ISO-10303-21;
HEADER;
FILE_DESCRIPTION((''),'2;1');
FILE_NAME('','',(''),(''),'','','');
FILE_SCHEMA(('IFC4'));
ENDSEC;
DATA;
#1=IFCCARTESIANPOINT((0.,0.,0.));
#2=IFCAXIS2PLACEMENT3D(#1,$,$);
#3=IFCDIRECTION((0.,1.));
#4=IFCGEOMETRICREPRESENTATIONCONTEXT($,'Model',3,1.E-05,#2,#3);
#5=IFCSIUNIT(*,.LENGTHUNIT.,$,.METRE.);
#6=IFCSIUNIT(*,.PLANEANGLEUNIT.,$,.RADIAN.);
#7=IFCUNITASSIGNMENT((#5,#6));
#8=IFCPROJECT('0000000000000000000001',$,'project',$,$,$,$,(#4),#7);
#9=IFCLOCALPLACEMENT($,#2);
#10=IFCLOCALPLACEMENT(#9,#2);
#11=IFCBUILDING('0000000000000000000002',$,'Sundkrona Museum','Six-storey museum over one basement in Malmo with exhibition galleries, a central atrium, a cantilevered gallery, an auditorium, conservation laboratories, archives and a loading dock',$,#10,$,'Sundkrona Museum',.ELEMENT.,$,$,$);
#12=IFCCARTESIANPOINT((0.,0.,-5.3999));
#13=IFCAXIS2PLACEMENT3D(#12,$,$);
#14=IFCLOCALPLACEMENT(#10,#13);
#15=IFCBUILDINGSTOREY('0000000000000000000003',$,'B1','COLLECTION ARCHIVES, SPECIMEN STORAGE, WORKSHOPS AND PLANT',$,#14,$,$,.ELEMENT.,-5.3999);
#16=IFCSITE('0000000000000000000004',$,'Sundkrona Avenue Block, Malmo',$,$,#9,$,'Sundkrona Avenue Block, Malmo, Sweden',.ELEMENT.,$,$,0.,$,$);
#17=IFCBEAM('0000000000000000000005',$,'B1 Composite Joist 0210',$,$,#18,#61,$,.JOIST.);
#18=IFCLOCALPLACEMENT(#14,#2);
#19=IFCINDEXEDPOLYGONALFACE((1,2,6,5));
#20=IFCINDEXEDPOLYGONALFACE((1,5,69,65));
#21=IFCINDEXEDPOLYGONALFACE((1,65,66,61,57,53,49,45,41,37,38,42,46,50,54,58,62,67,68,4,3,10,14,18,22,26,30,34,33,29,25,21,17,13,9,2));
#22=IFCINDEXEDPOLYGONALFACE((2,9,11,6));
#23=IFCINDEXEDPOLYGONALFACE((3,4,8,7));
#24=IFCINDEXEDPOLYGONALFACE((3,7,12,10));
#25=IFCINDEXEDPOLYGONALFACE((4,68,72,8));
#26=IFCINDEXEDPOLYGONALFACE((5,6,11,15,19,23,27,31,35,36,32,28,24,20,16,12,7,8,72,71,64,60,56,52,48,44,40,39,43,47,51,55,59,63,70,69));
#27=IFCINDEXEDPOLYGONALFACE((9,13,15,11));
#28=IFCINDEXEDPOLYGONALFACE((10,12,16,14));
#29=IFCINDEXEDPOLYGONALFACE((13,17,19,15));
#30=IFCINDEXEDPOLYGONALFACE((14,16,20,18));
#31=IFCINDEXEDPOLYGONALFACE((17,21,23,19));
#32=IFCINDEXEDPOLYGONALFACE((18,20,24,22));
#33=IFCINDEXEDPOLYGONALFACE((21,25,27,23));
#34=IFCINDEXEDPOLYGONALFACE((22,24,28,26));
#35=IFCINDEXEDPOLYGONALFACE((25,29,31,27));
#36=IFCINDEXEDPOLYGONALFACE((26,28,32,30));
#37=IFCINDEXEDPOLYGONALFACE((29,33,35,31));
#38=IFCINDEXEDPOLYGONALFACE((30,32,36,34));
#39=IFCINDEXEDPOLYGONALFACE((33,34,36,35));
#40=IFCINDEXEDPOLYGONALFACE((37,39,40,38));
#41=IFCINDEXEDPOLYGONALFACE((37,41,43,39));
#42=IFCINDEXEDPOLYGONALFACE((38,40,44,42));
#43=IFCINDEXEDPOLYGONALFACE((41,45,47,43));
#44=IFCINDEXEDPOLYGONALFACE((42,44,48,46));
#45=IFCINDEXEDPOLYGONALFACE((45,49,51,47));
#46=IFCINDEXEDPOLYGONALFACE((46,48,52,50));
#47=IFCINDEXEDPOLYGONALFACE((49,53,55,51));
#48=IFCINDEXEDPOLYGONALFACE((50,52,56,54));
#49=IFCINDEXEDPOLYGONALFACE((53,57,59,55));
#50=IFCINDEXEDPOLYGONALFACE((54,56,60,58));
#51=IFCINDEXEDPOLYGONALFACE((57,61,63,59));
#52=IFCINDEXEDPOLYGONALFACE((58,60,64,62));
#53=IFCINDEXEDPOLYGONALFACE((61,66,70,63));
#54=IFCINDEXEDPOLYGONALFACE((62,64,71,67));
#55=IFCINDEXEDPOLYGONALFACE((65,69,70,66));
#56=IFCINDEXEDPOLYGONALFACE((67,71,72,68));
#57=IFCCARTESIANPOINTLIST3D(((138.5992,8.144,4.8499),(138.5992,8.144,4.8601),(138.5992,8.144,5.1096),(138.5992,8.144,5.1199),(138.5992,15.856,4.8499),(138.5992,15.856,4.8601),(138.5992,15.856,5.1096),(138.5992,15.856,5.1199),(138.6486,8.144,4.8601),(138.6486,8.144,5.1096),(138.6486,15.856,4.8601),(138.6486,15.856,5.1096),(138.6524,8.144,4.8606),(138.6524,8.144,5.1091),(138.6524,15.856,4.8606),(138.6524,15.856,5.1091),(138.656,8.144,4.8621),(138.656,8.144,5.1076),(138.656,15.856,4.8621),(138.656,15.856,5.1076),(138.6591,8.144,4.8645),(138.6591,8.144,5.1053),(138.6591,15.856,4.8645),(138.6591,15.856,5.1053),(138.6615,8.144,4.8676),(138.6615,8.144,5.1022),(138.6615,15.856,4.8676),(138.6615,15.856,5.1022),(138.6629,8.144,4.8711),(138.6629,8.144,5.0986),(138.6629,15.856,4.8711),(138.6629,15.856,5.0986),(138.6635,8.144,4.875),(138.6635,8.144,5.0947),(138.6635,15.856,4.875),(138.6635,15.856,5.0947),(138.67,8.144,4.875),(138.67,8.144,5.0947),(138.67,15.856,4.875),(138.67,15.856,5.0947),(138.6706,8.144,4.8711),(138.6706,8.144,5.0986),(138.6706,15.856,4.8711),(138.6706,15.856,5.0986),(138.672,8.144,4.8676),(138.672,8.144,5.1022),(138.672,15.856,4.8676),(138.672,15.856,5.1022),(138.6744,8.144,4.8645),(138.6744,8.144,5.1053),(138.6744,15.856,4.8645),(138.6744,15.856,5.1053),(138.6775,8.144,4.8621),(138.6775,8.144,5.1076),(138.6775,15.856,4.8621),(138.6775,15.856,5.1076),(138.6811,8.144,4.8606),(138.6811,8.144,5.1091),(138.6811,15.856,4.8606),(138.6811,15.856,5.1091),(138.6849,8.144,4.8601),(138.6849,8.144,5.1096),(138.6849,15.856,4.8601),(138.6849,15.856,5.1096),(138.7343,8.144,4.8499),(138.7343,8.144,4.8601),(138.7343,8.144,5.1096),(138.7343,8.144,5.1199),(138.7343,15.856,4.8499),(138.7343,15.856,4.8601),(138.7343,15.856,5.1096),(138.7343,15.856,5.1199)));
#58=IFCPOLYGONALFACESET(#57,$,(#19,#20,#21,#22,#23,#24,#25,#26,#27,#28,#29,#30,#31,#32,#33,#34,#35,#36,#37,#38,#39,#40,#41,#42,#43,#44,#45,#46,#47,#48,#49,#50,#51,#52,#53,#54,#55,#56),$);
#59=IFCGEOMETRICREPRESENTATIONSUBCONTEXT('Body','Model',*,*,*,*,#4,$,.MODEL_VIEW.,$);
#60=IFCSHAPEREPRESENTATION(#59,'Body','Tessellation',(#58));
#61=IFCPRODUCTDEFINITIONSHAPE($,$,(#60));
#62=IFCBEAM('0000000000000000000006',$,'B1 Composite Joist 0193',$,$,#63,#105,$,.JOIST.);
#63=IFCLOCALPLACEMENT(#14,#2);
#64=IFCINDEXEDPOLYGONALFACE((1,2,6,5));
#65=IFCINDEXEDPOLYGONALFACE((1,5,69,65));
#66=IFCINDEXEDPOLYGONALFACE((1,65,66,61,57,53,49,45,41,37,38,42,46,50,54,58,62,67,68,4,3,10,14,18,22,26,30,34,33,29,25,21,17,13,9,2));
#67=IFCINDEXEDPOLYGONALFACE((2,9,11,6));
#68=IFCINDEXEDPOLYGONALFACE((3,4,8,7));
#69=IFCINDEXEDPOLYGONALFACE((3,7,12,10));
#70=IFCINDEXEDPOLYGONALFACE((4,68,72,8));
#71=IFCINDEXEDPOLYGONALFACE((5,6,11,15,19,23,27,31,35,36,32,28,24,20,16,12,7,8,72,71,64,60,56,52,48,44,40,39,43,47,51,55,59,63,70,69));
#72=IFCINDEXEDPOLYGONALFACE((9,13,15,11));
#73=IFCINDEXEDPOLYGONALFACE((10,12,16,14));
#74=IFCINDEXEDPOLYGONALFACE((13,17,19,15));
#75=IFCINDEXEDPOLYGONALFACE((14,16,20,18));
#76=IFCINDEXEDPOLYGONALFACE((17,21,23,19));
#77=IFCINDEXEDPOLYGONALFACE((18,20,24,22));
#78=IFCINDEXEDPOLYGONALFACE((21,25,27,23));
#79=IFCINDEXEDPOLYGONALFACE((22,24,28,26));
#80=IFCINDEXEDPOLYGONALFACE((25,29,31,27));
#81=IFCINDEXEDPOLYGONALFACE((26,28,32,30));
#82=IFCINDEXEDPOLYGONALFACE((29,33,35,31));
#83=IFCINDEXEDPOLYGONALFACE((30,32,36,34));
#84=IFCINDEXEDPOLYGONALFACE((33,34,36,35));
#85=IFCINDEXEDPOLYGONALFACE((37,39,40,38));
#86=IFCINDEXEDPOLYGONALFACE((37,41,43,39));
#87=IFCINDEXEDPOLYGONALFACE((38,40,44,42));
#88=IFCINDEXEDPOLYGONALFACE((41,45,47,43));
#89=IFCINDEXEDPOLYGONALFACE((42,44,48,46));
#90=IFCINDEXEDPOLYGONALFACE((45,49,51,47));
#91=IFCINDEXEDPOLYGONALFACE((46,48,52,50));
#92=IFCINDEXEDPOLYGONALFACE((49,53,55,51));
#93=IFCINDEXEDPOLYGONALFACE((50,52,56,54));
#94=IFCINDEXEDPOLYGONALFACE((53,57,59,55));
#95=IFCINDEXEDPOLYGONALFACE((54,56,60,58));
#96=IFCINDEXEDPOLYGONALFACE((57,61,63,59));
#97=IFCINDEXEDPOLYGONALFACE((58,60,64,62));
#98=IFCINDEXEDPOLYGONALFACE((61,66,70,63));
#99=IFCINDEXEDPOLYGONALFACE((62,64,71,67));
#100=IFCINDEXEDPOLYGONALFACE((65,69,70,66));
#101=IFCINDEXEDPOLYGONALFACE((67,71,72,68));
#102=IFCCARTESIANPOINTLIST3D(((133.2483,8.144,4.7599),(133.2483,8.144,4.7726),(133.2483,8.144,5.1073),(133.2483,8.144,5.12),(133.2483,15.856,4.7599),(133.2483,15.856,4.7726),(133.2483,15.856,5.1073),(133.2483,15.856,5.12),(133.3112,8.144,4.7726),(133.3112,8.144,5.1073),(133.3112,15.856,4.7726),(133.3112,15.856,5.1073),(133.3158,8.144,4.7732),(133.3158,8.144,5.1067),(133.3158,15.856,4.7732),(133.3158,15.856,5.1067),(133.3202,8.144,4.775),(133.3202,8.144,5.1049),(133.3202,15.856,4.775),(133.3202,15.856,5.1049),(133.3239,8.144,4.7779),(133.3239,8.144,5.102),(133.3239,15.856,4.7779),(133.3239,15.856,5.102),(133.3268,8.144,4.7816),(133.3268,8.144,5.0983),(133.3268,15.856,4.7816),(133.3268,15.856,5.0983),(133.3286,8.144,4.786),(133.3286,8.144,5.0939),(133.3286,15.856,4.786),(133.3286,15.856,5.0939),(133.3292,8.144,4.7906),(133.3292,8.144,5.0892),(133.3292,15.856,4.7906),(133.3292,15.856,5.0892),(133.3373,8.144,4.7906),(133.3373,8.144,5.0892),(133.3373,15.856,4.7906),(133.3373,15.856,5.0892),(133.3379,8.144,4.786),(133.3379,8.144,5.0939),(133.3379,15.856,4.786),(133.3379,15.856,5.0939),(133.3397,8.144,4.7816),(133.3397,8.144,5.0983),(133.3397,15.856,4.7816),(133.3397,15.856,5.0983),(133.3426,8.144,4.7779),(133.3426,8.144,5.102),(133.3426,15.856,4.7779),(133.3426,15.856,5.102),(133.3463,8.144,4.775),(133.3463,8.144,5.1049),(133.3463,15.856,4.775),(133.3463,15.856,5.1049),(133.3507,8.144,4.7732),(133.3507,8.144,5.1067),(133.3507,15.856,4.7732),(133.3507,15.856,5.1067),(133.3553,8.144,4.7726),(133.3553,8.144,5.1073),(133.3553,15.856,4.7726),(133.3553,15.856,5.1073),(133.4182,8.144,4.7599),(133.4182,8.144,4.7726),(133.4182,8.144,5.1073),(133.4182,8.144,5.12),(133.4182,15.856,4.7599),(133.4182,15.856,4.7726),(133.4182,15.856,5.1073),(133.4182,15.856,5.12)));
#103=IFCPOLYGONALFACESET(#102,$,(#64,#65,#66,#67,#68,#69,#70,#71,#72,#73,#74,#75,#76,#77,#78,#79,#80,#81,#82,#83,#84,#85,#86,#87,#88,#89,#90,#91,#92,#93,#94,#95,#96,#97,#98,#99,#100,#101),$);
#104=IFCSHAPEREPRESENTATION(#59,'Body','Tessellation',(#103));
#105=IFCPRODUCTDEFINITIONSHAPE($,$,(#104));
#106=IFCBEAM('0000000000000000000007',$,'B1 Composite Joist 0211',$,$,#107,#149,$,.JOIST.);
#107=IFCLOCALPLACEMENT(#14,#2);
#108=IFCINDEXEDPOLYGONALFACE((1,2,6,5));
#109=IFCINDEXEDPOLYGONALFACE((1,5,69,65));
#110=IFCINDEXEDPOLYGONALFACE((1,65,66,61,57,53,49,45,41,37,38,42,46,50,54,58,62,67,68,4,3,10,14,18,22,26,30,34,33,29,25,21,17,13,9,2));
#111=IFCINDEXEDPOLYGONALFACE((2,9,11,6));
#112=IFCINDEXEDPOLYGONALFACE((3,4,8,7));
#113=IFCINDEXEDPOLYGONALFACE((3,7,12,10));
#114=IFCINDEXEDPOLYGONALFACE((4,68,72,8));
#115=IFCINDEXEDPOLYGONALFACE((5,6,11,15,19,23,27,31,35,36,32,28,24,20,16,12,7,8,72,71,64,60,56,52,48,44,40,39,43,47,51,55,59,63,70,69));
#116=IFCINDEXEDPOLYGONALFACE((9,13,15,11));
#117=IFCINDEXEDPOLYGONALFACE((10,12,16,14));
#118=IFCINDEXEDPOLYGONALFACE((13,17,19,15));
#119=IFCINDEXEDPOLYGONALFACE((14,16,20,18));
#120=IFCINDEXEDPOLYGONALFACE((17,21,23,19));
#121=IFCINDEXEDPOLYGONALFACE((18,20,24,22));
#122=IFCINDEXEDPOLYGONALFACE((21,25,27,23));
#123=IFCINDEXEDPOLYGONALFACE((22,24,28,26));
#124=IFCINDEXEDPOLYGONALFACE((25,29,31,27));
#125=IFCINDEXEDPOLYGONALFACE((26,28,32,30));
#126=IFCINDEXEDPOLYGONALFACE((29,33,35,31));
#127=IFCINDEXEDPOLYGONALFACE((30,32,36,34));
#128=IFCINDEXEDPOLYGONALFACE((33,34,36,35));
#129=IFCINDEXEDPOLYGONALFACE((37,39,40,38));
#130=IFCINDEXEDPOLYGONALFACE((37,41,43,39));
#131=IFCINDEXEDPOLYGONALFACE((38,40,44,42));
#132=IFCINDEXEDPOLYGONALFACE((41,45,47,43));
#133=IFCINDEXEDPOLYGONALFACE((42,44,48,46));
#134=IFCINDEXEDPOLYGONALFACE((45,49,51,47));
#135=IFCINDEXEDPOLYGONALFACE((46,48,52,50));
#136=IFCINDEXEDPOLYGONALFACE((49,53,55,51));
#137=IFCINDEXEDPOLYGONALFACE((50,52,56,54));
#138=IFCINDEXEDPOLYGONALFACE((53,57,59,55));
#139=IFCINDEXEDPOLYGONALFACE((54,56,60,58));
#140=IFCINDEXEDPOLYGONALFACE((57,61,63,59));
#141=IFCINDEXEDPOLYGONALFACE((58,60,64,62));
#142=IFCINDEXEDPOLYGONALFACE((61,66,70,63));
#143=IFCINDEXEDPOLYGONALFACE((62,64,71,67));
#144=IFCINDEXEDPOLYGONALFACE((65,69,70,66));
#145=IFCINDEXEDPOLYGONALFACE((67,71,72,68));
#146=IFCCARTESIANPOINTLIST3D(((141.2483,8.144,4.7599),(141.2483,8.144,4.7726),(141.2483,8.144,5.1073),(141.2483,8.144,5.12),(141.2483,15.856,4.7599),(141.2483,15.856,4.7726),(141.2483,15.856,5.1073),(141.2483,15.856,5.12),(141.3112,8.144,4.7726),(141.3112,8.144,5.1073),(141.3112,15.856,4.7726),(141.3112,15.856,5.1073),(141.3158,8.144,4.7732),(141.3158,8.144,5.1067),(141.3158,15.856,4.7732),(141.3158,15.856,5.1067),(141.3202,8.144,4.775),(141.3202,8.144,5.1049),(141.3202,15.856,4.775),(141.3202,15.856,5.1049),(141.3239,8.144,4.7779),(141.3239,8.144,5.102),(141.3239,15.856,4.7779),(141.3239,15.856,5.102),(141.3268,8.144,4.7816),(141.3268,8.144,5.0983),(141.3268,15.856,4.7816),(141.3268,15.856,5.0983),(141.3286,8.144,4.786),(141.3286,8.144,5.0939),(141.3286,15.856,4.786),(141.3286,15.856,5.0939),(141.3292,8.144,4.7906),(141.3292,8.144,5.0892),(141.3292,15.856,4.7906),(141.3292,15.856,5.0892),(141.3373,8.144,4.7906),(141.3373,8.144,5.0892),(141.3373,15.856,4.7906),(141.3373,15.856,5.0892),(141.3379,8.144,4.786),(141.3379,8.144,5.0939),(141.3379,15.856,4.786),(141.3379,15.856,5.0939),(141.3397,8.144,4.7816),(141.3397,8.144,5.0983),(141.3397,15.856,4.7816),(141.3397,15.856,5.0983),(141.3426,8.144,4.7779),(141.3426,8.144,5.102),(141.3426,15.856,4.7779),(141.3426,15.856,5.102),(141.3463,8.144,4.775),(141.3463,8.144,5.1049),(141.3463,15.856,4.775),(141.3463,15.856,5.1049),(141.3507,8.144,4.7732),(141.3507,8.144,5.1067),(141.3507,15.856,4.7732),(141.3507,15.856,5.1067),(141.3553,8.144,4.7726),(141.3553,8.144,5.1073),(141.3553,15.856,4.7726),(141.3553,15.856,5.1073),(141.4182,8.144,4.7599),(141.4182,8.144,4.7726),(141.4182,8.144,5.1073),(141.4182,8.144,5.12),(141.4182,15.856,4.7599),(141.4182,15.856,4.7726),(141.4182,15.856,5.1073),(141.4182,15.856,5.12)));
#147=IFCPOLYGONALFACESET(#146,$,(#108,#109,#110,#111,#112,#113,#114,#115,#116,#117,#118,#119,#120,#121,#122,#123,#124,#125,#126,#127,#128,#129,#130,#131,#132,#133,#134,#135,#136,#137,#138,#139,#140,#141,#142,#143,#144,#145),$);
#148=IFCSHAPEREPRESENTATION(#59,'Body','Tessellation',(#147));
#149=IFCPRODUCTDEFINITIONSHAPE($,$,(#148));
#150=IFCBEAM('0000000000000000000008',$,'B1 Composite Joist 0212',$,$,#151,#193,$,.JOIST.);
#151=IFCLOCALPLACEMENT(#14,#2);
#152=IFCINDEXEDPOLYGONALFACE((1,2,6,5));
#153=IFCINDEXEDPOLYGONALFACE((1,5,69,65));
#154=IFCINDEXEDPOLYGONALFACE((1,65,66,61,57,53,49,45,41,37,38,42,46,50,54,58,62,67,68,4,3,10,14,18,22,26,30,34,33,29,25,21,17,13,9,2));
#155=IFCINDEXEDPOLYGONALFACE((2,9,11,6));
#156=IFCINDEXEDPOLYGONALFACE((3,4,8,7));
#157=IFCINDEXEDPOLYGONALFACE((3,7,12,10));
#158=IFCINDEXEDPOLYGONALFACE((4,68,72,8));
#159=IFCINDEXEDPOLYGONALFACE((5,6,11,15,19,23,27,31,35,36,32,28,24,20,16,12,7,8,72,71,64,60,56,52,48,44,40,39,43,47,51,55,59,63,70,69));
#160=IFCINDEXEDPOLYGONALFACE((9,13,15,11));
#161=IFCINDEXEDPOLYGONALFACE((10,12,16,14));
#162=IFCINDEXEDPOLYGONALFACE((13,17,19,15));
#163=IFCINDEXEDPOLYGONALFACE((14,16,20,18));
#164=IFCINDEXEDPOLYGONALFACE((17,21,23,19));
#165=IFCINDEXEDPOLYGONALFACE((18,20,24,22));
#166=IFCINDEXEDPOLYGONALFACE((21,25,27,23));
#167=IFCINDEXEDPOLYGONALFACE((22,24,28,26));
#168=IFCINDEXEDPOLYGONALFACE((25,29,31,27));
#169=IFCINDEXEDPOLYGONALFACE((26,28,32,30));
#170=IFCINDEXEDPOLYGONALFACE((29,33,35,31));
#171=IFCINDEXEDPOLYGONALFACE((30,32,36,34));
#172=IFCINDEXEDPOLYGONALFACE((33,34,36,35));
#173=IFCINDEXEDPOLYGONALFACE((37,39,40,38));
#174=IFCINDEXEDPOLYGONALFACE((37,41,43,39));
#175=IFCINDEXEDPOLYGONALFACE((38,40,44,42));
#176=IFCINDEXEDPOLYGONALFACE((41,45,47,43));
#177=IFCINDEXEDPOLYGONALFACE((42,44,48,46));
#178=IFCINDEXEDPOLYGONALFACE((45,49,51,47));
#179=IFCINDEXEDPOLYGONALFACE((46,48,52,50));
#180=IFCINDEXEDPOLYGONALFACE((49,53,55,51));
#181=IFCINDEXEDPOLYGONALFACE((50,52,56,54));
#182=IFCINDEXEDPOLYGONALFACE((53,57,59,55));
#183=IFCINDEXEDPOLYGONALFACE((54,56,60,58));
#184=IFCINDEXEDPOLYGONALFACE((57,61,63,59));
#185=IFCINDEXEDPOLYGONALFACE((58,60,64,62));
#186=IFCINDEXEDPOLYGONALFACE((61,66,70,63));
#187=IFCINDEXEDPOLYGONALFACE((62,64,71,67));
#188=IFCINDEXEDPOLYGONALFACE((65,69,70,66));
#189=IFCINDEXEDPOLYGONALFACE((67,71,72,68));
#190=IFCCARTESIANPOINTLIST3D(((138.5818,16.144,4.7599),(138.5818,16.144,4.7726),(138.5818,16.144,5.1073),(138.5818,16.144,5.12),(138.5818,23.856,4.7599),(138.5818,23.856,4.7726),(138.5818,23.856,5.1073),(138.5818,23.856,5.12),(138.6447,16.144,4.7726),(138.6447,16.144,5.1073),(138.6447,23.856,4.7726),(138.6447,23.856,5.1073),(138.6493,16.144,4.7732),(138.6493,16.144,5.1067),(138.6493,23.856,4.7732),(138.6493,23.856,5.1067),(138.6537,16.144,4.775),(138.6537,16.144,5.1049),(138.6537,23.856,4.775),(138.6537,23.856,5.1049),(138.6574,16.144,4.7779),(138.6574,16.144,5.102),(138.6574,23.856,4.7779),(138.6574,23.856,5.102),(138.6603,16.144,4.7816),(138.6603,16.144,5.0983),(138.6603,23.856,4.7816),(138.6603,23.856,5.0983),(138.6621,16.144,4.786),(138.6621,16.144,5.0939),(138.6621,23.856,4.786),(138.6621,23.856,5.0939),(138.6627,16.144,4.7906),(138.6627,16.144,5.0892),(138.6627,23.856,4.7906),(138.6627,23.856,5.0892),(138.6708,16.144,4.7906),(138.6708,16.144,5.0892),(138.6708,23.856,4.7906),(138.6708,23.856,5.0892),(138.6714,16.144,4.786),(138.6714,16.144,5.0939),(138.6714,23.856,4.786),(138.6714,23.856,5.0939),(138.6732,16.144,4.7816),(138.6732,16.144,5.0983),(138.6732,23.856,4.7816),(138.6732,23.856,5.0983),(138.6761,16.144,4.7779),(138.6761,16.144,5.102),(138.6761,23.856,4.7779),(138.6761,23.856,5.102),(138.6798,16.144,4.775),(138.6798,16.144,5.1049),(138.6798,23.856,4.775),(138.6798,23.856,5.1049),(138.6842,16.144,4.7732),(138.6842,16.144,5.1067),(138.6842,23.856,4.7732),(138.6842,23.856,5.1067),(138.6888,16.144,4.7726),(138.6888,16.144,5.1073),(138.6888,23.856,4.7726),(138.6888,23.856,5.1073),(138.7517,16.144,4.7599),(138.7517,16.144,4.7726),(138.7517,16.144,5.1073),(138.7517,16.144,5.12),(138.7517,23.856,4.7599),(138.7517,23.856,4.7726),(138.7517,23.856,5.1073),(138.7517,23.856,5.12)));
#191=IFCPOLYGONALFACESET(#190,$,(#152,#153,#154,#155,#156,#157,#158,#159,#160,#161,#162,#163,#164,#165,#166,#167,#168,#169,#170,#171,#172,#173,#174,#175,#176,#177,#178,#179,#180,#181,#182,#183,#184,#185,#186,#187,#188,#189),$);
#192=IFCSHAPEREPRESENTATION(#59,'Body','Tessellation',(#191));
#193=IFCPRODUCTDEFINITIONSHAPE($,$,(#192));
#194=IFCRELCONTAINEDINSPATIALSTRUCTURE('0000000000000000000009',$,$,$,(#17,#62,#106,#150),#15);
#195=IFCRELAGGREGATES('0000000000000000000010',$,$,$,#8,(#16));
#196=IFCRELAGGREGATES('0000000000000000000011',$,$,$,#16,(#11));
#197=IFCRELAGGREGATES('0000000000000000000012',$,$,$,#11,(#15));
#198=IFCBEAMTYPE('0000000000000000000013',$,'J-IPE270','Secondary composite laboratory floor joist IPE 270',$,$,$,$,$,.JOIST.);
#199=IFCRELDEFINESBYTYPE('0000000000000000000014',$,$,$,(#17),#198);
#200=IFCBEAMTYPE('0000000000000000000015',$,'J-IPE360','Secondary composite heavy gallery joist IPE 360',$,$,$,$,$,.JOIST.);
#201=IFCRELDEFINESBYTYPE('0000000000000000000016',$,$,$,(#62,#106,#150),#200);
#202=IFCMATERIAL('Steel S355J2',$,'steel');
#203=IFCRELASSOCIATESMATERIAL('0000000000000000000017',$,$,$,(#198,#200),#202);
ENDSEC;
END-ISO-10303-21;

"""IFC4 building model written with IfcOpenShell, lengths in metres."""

from ifc_helpers import new_model, si_unit, direction, frame, origin, origin_2d, place, context, subcontext, project, spatial, i_section, extrude, material, material_profile, profile_set, type_object, element, save


model = new_model("IFC4")

# Units and contexts
model_context = context("Model", 3, precision=1e-05, world=origin(), true_north=direction((0.0, 1.0)))
body_context = subcontext(model_context, "Body", "Model", "MODEL_VIEW")
ifc_project = project(units=[si_unit("LENGTHUNIT", "METRE"), si_unit("PLANEANGLEUNIT", "RADIAN")], contexts=[model_context])

# Site, building, storey
site_placement = place(None, origin())
site = spatial("IfcSite", under=ifc_project, at=site_placement, Name="Sundkrona Avenue Block, Malmo", LongName="Sundkrona Avenue Block, Malmo, Sweden", CompositionType="ELEMENT", RefElevation=0.0)
building_placement = place(site_placement, origin())
building = spatial("IfcBuilding", under=site, at=building_placement, Name="Sundkrona Museum", Description="Six-storey museum over one basement in Malmo with exhibition galleries, a central atrium, a cantilevered gallery, an auditorium, conservation laboratories, archives and a loading dock", LongName="Sundkrona Museum", CompositionType="ELEMENT")
storey_placement = place(building_placement, frame((0.0, 0.0, -5.3999)))
storey = spatial("IfcBuildingStorey", under=building, at=storey_placement, Name="B1", Description="COLLECTION ARCHIVES, SPECIMEN STORAGE, WORKSHOPS AND PLANT", CompositionType="ELEMENT", Elevation=-5.3999)

# Beams
ifc_material_1 = material(Name="Steel S355J2", Category="steel")
ifc_material_profile_1 = material_profile(ifc_material_1, i_section(OverallWidth=0.135, OverallDepth=0.27, WebThickness=0.0066, FlangeThickness=0.0103, FilletRadius=0.0149, at=origin_2d()), Name="IPE 270")
ifc_profile_set_1 = profile_set([ifc_material_profile_1], Name="Steel S355J2")
beam_type_1 = type_object("IfcBeamType", Name="J-IPE270", Description="Secondary composite laboratory floor joist IPE 270", PredefinedType="JOIST", material=ifc_profile_set_1)
beam_placement = place(storey_placement, frame((138.6667, 8.144, 4.9849), z_axis=(0.0, 1.0, 0.0), x_axis=(-1.0, 0.0, 0.0)))
element("IfcBeam", 1, at=beam_placement, inside=storey, type_object=beam_type_1, Name="B1 Composite Joist 0210", PredefinedType="JOIST", context=body_context, shape_type="SweptSolid", body=[
    extrude(i_section(OverallWidth=0.135, OverallDepth=0.27, WebThickness=0.0066, FlangeThickness=0.0103, FilletRadius=0.0149, at=origin_2d()), origin(), (0.0, 0.0, 1.0), 7.7119),
])
ifc_material_profile_2 = material_profile(ifc_material_1, i_section(OverallWidth=0.1699, OverallDepth=0.3601, WebThickness=0.0081, FlangeThickness=0.0127, FilletRadius=0.0181, at=origin_2d()), Name="IPE 360")
ifc_profile_set_2 = profile_set([ifc_material_profile_2], Name="Steel S355J2")
beam_type_2 = type_object("IfcBeamType", Name="J-IPE360", Description="Secondary composite heavy gallery joist IPE 360", PredefinedType="JOIST", material=ifc_profile_set_2)
for number, where, z_axis, x_axis, name in (
    (2, (133.3333, 8.144, 4.9399), (0.0, 1.0, 0.0), (-1.0, 0.0, 0.0), "B1 Composite Joist 0193"),
    (3, (141.3333, 8.144, 4.9399), (0.0, 1.0, 0.0), (-1.0, 0.0, 0.0), "B1 Composite Joist 0211"),
    (4, (138.6667, 16.144, 4.9399), (0.0, 1.0, 0.0), (-1.0, 0.0, 0.0), "B1 Composite Joist 0212"),
):
    element("IfcBeam", number, at=place(storey_placement, frame(where, z_axis=z_axis, x_axis=x_axis)), inside=storey, type_object=beam_type_2, Name=name, PredefinedType="JOIST", context=body_context, shape_type="SweptSolid", body=[
        extrude(i_section(OverallWidth=0.1699, OverallDepth=0.3601, WebThickness=0.0081, FlangeThickness=0.0127, FilletRadius=0.0181, at=origin_2d()), origin(), (0.0, 0.0, 1.0), 7.7119),
    ])

save(model, "model.ifc")
